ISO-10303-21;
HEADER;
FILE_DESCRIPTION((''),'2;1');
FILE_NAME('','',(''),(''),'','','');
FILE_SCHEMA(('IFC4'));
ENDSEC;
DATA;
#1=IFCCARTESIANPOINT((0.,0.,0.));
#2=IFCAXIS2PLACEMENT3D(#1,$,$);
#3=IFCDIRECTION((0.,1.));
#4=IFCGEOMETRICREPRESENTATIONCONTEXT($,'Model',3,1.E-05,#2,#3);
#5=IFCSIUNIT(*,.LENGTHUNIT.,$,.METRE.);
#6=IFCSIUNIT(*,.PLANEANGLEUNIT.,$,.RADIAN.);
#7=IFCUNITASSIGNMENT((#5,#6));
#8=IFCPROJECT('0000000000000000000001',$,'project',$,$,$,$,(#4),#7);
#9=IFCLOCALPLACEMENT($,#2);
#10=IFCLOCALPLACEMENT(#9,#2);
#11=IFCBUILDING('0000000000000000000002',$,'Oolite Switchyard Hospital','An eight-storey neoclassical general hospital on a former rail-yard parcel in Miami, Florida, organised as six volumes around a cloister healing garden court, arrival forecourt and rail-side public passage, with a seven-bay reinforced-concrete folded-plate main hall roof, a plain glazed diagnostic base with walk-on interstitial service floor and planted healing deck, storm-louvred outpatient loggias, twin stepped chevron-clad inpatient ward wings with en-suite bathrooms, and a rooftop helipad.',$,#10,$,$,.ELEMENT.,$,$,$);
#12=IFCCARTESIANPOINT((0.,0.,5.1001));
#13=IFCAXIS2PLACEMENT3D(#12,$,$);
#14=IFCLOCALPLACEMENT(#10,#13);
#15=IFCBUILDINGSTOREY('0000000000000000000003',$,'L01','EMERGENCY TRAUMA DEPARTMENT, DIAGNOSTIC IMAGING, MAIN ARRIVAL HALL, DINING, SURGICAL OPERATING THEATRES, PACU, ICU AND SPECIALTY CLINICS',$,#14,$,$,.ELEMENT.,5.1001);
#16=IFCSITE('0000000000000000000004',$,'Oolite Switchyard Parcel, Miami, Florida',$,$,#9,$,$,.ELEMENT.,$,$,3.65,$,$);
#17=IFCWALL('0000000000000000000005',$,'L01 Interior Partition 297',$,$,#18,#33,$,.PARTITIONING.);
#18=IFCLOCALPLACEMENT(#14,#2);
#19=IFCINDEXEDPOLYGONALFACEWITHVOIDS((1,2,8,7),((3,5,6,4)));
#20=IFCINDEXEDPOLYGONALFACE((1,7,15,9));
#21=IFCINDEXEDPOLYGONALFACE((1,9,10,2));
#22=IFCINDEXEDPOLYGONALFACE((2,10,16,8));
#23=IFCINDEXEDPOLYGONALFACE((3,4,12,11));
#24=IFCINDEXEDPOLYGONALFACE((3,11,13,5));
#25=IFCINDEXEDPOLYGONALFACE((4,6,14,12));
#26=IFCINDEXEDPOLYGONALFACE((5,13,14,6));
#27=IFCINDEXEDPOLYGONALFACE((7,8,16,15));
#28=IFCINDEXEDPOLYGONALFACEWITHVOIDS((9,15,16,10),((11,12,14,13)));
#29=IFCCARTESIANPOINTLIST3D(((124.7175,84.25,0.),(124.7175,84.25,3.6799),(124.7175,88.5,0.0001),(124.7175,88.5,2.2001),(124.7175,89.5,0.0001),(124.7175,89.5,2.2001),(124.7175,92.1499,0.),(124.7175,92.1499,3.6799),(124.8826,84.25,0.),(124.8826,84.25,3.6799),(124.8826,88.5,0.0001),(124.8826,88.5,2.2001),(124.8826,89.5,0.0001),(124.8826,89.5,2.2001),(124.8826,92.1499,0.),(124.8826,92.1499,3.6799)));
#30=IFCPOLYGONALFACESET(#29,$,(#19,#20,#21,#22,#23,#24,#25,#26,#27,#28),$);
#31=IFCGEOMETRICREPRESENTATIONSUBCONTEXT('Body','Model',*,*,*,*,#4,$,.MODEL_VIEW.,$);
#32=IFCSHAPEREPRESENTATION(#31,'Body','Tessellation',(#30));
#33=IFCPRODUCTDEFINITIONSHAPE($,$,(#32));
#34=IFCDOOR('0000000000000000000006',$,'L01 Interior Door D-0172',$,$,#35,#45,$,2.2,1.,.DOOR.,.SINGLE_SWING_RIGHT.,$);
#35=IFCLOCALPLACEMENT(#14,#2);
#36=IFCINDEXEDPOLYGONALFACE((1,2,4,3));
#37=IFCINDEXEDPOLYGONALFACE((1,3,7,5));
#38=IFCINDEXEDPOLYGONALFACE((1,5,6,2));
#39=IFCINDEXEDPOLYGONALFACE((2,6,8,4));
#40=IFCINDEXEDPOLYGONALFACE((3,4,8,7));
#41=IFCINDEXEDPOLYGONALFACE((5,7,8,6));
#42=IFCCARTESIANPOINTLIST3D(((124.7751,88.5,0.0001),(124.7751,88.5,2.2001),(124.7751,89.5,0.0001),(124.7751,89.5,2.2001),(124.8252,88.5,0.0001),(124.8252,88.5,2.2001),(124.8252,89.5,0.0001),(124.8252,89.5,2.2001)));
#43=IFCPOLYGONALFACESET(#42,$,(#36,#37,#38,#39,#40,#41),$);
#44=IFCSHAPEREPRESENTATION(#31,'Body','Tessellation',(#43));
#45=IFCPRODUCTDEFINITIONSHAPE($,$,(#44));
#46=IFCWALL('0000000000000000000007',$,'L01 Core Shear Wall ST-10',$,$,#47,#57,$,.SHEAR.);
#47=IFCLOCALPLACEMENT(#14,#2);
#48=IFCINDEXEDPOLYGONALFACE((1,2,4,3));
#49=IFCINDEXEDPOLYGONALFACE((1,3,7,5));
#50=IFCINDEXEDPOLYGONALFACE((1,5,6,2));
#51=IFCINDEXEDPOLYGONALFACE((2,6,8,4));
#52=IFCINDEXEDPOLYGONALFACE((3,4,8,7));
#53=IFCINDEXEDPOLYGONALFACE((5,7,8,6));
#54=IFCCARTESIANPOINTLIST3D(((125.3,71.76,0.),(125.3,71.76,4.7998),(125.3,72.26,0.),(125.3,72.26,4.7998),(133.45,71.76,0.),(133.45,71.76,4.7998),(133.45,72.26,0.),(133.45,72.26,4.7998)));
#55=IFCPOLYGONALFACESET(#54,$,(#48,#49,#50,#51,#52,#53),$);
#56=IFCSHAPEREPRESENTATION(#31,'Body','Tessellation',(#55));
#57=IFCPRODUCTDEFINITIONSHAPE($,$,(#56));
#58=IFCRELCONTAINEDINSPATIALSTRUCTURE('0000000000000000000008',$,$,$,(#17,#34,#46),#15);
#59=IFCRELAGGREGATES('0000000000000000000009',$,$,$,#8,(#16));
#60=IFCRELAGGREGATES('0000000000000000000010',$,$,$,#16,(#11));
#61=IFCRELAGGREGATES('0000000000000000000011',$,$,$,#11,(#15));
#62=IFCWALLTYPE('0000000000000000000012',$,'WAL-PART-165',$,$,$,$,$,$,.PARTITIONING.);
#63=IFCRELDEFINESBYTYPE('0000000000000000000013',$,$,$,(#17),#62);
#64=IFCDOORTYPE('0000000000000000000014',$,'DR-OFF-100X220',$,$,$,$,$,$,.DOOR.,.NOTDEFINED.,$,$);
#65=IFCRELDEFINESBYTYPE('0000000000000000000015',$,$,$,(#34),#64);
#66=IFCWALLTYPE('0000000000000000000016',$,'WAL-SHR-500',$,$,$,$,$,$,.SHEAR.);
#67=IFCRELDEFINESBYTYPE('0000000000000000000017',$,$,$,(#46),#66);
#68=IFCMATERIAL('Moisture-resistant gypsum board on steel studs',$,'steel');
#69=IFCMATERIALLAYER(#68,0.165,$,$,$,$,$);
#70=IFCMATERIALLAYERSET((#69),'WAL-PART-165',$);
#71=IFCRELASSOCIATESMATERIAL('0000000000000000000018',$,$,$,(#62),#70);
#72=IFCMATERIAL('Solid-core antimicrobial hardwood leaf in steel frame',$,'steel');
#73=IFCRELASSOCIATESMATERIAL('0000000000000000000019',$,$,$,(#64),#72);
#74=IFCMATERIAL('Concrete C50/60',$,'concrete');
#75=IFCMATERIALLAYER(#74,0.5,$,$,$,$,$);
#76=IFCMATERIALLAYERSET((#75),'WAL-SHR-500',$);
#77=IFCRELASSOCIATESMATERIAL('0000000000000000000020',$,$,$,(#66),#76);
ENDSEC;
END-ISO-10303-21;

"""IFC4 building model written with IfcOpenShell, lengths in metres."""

from ifc_helpers import new_model, si_unit, direction, frame, frame_2d, origin, place, context, subcontext, project, spatial, rectangle, extrude, material, layer, layer_set, type_object, element, fill, save


model = new_model("IFC4")

# Units and contexts
model_context = context("Model", 3, precision=1e-05, world=origin(), true_north=direction((0.0, 1.0)))
body_context = subcontext(model_context, "Body", "Model", "MODEL_VIEW")
ifc_project = project(units=[si_unit("LENGTHUNIT", "METRE"), si_unit("PLANEANGLEUNIT", "RADIAN")], contexts=[model_context])

# Site, building, storey
site_placement = place(None, origin())
site = spatial("IfcSite", under=ifc_project, at=site_placement, Name="Oolite Switchyard Parcel, Miami, Florida", CompositionType="ELEMENT", RefElevation=3.65)
building_placement = place(site_placement, origin())
building = spatial("IfcBuilding", under=site, at=building_placement, Name="Oolite Switchyard Hospital", Description="An eight-storey neoclassical general hospital on a former rail-yard parcel in Miami, Florida, organised as six volumes around a cloister healing garden court, arrival forecourt and rail-side public passage, with a seven-bay reinforced-concrete folded-plate main hall roof, a plain glazed diagnostic base with walk-on interstitial service floor and planted healing deck, storm-louvred outpatient loggias, twin stepped chevron-clad inpatient ward wings with en-suite bathrooms, and a rooftop helipad.", CompositionType="ELEMENT")
storey_placement = place(building_placement, frame((0.0, 0.0, 5.1001)))
storey = spatial("IfcBuildingStorey", under=building, at=storey_placement, Name="L01", Description="EMERGENCY TRAUMA DEPARTMENT, DIAGNOSTIC IMAGING, MAIN ARRIVAL HALL, DINING, SURGICAL OPERATING THEATRES, PACU, ICU AND SPECIALTY CLINICS", CompositionType="ELEMENT", Elevation=5.1001)

# Shared definitions
ifc_material_1 = material(Name="Concrete C50/60", Category="concrete")

# Shared definitions
ifc_material_2 = material(Name="Moisture-resistant gypsum board on steel studs", Category="steel")

# Wall, opening, door
ifc_layer_1 = layer(ifc_material_2, 0.165)
ifc_layer_set_1 = layer_set([ifc_layer_1], Name="WAL-PART-165")
wall_type_1 = type_object("IfcWallType", Name="WAL-PART-165", PredefinedType="PARTITIONING", material=ifc_layer_set_1)
ifc_material_3 = material(Name="Solid-core antimicrobial hardwood leaf in steel frame", Category="steel")
wall_1_placement = place(storey_placement, frame((124.8, 84.25, 0.0), z_axis=(0.0, 0.0, 1.0), x_axis=(0.0, 1.0, 0.0)))
wall_1 = element("IfcWall", 1, at=wall_1_placement, inside=storey, type_object=wall_type_1, Name="L01 Interior Partition 297", PredefinedType="PARTITIONING", context=body_context, shape_type="SweptSolid", body=[
    extrude(rectangle(XDim=7.8999, YDim=0.165, at=frame_2d((3.95, 0.0))), origin(), (0.0, 0.0, 1.0), 3.6799),
])
opening_1_placement = place(wall_1_placement, frame((4.25, 0.0, 0.0)))
opening_1 = element("IfcOpeningElement", 2, at=opening_1_placement, cuts=wall_1, PredefinedType="OPENING", context=body_context, shape_type="SweptSolid", body=[
    extrude(rectangle(XDim=1.0, YDim=2.2, at=frame_2d((0.5, 1.1001))), frame((0.0, 0.0925, 0.0), z_axis=(0.0, -1.0, 0.0), x_axis=(1.0, 0.0, 0.0)), (0.0, 0.0, 1.0), 0.1851),
])
door_type_1 = type_object("IfcDoorType", Name="DR-OFF-100X220", OperationType="NOTDEFINED", PredefinedType="DOOR", material=ifc_material_3)
door_1_placement = place(opening_1_placement, origin())
door_1 = element("IfcDoor", 3, at=door_1_placement, inside=storey, type_object=door_type_1, Name="L01 Interior Door D-0172", OperationType="SINGLE_SWING_RIGHT", OverallHeight=2.2, OverallWidth=1.0, PredefinedType="DOOR", context=body_context, shape_type="SweptSolid", body=[
    extrude(rectangle(XDim=1.0, YDim=2.2, at=frame_2d((0.5, 1.1001))), frame((0.0, 0.0249, 0.0), z_axis=(0.0, -1.0, 0.0), x_axis=(1.0, 0.0, 0.0)), (0.0, 0.0, 1.0), 0.05),
])
fill(opening_1, door_1)

# Wall
ifc_layer_2 = layer(ifc_material_1, 0.5)
ifc_layer_set_2 = layer_set([ifc_layer_2], Name="WAL-SHR-500")
wall_type_2 = type_object("IfcWallType", Name="WAL-SHR-500", PredefinedType="SHEAR", material=ifc_layer_set_2)
wall_2_placement = place(storey_placement, frame((133.45, 72.01, 0.0), z_axis=(0.0, 0.0, 1.0), x_axis=(-1.0, 0.0, 0.0)))
element("IfcWall", 4, at=wall_2_placement, inside=storey, type_object=wall_type_2, Name="L01 Core Shear Wall ST-10", PredefinedType="SHEAR", context=body_context, shape_type="SweptSolid", body=[
    extrude(rectangle(XDim=8.1499, YDim=0.5, at=frame_2d((4.075, 0.0))), origin(), (0.0, 0.0, 1.0), 4.7998),
])

save(model, "model.ifc")
